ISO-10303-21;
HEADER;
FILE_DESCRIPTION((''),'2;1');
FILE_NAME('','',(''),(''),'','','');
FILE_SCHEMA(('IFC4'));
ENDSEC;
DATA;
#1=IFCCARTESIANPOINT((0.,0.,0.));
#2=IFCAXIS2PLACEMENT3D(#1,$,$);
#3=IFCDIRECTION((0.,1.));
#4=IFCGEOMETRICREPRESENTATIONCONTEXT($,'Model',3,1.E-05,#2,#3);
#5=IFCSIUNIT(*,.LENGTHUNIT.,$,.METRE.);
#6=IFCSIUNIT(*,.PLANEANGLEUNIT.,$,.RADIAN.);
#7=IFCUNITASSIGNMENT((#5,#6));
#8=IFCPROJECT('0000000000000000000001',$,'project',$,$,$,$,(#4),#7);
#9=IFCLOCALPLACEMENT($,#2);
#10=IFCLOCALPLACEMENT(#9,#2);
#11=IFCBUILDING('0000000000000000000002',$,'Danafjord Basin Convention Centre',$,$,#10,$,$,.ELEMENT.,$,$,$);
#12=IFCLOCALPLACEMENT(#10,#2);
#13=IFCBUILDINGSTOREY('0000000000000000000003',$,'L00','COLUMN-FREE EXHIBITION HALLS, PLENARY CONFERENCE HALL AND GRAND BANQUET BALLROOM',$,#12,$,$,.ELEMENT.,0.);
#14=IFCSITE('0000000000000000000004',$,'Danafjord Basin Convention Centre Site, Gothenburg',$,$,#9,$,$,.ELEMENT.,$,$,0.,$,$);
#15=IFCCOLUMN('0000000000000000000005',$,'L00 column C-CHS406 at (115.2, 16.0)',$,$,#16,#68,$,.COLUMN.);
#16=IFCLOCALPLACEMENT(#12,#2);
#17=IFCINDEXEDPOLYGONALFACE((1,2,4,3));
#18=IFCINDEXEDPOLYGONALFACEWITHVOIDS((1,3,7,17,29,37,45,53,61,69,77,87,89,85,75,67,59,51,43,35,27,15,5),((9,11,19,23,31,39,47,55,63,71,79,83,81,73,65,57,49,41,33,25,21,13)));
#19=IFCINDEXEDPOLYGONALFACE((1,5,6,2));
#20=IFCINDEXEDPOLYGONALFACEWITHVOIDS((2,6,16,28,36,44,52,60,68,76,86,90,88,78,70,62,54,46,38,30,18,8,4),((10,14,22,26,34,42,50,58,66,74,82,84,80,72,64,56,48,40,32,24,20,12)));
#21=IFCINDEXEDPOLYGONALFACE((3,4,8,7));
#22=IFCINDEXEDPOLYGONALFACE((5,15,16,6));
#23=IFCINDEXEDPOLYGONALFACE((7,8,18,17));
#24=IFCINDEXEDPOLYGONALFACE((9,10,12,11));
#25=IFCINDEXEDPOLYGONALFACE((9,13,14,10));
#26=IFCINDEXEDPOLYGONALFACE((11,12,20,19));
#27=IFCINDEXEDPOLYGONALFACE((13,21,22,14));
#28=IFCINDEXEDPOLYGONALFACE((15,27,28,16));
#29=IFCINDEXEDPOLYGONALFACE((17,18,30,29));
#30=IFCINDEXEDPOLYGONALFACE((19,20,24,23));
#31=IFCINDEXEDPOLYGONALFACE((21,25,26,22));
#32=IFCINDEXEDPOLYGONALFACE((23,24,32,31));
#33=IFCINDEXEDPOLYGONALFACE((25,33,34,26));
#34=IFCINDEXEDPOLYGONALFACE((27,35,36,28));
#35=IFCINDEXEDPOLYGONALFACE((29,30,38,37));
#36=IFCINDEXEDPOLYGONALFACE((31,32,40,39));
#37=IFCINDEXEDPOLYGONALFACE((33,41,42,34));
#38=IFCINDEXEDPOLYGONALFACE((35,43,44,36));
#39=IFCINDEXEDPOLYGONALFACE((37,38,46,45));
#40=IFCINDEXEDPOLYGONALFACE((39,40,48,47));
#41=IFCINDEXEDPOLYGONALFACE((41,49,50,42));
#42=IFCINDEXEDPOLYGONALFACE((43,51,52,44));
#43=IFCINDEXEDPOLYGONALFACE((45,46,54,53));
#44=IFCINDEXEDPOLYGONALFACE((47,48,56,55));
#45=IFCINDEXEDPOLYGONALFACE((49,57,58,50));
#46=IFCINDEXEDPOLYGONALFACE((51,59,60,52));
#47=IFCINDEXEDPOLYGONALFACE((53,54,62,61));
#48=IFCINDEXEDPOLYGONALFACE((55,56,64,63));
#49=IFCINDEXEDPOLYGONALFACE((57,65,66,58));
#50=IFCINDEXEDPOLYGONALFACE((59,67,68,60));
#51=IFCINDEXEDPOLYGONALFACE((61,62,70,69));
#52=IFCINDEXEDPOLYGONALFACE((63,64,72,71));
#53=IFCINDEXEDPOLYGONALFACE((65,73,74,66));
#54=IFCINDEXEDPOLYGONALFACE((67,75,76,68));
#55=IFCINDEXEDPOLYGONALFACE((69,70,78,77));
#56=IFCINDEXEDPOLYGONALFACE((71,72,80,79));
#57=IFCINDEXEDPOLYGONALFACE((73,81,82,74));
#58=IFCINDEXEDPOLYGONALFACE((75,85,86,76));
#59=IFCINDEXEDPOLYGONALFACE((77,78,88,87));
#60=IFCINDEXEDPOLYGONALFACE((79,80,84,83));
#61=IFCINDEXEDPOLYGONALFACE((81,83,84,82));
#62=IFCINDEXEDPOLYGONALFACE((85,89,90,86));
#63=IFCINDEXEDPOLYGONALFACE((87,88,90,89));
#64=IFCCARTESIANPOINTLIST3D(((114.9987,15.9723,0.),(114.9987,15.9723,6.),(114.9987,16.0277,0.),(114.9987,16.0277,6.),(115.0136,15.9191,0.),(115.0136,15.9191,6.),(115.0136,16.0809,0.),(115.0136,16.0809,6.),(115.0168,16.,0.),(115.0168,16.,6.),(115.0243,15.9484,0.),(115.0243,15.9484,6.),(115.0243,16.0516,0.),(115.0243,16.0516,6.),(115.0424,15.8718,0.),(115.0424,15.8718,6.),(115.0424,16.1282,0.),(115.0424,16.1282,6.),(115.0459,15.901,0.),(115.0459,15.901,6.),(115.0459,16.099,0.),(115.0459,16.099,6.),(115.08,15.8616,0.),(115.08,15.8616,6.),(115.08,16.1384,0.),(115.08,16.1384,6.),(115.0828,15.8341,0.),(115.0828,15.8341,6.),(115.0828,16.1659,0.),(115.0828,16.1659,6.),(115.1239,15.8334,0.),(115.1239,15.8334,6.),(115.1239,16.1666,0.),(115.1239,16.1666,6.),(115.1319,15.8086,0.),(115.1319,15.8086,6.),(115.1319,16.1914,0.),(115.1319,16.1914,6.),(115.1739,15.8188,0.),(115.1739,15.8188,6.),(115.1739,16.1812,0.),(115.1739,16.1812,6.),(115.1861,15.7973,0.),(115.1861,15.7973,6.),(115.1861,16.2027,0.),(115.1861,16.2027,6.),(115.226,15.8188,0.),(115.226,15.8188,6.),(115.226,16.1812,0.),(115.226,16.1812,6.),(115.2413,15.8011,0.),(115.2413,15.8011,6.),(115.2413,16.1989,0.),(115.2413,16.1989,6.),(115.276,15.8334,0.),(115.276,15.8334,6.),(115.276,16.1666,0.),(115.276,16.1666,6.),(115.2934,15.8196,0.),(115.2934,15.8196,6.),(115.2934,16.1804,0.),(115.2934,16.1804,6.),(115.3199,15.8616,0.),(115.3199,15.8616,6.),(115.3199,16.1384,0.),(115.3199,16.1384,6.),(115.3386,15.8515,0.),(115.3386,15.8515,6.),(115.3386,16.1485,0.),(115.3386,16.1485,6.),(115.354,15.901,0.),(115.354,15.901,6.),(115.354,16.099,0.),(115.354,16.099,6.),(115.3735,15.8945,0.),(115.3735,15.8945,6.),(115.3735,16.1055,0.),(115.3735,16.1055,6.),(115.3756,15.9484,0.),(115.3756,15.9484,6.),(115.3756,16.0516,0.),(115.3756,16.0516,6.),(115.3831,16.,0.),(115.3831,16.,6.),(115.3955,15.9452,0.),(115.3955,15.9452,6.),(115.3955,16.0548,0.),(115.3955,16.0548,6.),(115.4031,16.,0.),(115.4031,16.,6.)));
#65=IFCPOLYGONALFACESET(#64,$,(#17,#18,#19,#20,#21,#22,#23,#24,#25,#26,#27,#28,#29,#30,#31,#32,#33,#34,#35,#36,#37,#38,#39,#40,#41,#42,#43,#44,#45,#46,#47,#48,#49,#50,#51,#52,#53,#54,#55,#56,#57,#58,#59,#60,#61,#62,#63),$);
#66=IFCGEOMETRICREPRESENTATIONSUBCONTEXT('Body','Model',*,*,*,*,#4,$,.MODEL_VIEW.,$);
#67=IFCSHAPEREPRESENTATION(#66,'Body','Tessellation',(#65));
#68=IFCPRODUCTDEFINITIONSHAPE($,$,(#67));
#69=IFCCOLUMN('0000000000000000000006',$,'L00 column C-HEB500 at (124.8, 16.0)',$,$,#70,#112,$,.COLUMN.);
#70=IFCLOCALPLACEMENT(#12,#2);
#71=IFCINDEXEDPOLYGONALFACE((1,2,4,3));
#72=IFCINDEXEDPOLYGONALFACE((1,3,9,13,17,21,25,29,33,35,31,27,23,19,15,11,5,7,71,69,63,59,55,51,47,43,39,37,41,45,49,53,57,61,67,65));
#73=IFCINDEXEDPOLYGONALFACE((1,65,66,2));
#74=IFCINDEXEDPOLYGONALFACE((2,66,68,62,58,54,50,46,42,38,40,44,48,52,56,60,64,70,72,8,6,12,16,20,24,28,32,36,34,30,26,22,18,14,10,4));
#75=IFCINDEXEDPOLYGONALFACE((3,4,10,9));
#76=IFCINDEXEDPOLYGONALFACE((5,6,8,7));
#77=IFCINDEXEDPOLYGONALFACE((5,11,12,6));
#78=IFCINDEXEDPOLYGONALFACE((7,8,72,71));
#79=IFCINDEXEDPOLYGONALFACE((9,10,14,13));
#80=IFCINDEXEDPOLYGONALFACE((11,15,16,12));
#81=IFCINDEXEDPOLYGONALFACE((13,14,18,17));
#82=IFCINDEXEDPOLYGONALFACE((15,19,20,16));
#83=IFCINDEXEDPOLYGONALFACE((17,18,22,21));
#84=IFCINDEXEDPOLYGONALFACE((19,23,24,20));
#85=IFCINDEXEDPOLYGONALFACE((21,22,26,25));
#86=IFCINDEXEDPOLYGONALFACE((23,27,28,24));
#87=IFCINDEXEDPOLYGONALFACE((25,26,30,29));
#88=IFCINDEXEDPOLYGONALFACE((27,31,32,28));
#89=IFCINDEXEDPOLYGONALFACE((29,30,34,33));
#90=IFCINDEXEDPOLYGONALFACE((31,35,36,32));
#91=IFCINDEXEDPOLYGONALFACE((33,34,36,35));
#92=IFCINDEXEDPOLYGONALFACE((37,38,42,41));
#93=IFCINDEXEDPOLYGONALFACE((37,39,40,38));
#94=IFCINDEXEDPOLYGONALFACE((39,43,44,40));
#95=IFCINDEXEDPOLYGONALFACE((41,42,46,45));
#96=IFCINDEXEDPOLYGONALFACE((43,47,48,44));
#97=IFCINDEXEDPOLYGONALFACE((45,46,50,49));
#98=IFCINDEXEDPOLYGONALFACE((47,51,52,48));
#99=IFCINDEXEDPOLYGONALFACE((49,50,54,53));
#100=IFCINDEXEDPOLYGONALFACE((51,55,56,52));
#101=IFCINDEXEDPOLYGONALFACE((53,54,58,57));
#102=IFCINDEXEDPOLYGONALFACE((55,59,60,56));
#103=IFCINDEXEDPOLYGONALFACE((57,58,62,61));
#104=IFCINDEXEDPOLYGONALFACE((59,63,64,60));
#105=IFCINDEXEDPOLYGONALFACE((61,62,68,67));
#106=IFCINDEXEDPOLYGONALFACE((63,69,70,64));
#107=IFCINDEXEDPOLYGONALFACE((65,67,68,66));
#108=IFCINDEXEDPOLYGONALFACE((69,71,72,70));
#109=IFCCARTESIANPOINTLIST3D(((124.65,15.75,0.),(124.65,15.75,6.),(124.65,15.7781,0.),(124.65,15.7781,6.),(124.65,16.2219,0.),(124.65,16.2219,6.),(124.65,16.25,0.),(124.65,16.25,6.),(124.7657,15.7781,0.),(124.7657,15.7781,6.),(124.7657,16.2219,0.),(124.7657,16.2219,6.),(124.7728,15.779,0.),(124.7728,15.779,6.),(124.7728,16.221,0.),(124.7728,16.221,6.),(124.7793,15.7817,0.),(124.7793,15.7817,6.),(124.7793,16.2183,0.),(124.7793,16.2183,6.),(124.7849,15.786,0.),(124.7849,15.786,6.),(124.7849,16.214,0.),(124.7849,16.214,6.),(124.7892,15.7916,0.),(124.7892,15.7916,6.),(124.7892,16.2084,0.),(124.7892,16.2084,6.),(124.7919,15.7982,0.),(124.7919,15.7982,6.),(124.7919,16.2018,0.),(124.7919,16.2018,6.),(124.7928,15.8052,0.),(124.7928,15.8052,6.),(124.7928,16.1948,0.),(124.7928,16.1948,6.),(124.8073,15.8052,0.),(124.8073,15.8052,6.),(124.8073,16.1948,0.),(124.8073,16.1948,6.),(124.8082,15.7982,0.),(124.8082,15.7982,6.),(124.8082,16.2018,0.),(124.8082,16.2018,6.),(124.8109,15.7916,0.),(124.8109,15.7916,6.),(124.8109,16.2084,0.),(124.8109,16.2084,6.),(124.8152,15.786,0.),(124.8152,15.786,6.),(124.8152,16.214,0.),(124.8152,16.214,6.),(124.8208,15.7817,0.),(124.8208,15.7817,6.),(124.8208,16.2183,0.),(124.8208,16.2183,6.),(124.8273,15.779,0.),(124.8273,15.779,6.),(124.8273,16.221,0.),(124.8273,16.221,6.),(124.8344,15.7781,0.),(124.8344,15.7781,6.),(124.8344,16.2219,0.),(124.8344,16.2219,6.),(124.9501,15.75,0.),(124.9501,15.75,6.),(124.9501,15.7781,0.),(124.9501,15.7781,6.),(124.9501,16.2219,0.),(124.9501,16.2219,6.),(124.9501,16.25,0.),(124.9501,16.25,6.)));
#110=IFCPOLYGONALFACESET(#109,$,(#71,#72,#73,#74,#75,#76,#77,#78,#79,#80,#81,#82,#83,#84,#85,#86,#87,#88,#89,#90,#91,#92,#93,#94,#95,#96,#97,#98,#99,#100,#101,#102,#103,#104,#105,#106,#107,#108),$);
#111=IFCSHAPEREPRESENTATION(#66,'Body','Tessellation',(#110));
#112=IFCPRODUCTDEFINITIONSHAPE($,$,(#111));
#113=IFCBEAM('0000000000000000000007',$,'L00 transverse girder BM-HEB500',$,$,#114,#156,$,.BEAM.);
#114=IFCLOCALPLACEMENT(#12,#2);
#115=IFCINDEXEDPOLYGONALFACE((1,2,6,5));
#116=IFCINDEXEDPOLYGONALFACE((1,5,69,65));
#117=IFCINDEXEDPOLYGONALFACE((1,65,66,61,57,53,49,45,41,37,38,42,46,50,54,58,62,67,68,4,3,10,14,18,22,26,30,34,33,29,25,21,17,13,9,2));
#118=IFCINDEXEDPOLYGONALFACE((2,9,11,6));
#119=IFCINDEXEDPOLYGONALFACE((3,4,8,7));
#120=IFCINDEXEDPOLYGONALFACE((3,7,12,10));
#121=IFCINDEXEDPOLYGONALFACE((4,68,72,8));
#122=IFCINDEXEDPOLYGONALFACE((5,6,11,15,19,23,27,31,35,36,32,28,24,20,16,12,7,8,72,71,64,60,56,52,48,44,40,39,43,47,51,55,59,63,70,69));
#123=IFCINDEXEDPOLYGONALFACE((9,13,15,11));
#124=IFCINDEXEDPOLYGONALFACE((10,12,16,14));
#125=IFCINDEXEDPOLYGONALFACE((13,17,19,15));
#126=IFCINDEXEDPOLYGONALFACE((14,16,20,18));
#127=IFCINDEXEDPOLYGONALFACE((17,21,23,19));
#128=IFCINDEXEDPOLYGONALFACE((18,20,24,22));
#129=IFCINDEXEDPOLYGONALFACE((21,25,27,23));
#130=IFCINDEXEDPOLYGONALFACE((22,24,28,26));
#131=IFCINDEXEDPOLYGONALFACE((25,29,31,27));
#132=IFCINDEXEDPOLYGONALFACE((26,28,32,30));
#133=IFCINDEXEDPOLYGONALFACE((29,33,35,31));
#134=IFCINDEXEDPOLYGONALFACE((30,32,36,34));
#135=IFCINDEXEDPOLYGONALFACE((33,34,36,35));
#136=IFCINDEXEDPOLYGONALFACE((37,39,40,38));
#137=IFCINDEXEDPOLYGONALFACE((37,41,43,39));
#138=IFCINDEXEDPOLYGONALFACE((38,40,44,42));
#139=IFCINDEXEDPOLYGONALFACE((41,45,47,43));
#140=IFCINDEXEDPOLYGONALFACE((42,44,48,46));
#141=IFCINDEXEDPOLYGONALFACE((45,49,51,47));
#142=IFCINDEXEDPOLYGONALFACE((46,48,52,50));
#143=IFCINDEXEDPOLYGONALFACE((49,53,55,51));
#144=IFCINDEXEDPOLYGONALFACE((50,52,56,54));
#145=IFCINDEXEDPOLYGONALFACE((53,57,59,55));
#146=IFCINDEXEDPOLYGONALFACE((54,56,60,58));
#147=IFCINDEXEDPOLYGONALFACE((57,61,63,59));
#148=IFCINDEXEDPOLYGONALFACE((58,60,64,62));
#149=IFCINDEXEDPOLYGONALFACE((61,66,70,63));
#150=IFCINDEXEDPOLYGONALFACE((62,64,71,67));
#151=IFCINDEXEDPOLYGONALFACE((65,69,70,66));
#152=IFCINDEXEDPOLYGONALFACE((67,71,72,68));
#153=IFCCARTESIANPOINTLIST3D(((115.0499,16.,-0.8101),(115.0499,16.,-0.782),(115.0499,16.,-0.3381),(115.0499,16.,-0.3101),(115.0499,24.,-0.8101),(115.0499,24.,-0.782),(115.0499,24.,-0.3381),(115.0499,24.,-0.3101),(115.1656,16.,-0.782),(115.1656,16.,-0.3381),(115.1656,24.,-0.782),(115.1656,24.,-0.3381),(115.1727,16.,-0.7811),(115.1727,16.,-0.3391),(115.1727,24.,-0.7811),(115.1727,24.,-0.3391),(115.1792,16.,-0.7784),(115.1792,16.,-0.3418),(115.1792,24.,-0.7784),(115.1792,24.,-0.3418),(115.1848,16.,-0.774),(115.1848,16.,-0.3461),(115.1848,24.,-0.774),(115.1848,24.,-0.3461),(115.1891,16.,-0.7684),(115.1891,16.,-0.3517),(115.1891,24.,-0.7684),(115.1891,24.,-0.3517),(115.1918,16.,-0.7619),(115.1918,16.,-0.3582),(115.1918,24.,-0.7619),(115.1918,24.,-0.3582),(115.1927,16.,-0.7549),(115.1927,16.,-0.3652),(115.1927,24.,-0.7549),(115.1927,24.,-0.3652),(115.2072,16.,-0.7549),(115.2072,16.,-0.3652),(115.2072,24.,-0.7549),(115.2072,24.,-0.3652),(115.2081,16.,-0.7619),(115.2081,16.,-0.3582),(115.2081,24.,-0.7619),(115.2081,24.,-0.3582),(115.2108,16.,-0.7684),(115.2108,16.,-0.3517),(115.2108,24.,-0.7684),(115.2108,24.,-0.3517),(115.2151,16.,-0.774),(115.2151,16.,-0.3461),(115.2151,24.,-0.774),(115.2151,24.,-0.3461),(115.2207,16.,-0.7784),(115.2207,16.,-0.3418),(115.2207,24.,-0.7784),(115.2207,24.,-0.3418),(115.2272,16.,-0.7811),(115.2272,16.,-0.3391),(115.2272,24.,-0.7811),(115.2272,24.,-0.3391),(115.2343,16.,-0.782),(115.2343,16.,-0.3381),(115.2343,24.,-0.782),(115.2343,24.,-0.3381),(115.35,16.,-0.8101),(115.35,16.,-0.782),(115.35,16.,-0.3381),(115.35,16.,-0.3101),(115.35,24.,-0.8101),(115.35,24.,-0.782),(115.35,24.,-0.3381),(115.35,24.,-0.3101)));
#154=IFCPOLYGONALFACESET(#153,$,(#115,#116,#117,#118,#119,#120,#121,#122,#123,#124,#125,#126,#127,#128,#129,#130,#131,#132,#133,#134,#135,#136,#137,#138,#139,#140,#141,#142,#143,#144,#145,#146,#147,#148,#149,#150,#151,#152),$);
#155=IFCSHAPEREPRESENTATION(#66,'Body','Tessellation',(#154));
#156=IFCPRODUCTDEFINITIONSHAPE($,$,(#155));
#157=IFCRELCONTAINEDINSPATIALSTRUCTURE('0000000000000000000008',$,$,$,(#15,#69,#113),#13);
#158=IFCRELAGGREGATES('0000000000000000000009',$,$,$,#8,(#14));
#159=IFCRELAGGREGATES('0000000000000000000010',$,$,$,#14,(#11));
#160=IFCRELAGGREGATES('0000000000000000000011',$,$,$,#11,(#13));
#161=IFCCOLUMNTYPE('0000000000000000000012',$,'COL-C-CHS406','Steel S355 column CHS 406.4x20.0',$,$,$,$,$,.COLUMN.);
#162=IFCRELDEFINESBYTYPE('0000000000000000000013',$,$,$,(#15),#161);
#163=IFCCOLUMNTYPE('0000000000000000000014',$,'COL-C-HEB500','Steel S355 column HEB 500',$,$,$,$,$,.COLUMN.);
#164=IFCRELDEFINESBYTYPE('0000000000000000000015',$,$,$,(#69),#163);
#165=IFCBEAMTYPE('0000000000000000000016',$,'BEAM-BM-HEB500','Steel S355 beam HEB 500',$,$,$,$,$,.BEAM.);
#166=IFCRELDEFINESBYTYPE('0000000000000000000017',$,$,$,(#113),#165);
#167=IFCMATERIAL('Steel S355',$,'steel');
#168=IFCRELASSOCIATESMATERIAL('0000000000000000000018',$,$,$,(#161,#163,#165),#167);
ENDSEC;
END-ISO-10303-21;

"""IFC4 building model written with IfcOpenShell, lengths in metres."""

from ifc_helpers import new_model, si_unit, direction, frame, origin, origin_2d, place, context, subcontext, project, spatial, hollow_circle, i_section, extrude, material, material_profile, profile_set, type_object, element, save


model = new_model("IFC4")

# Units and contexts
model_context = context("Model", 3, precision=1e-05, world=origin(), true_north=direction((0.0, 1.0)))
body_context = subcontext(model_context, "Body", "Model", "MODEL_VIEW")
ifc_project = project(units=[si_unit("LENGTHUNIT", "METRE"), si_unit("PLANEANGLEUNIT", "RADIAN")], contexts=[model_context])

# Site, building, storey
site_placement = place(None, origin())
site = spatial("IfcSite", under=ifc_project, at=site_placement, Name="Danafjord Basin Convention Centre Site, Gothenburg", CompositionType="ELEMENT", RefElevation=0.0)
building_placement = place(site_placement, origin())
building = spatial("IfcBuilding", under=site, at=building_placement, Name="Danafjord Basin Convention Centre", CompositionType="ELEMENT")
storey_placement = place(building_placement, origin())
storey = spatial("IfcBuildingStorey", under=building, at=storey_placement, Name="L00", Description="COLUMN-FREE EXHIBITION HALLS, PLENARY CONFERENCE HALL AND GRAND BANQUET BALLROOM", CompositionType="ELEMENT", Elevation=0.0)

# Columns
ifc_material_1 = material(Name="Steel S355", Category="steel")
ifc_material_profile_1 = material_profile(ifc_material_1, hollow_circle(Radius=0.2031, WallThickness=0.02, at=origin_2d()), Name="CHS 406.4x20.0")
ifc_profile_set_1 = profile_set([ifc_material_profile_1], Name="Steel S355")
column_type_1 = type_object("IfcColumnType", Name="COL-C-CHS406", Description="Steel S355 column CHS 406.4x20.0", PredefinedType="COLUMN", material=ifc_profile_set_1)
column_1_placement = place(storey_placement, frame((115.2, 16.0, 0.0), z_axis=(0.0, 0.0, 1.0), x_axis=(1.0, 0.0, 0.0)))
element("IfcColumn", 1, at=column_1_placement, inside=storey, type_object=column_type_1, Name="L00 column C-CHS406 at (115.2, 16.0)", PredefinedType="COLUMN", context=body_context, shape_type="SweptSolid", body=[
    extrude(hollow_circle(Radius=0.2031, WallThickness=0.02, at=origin_2d()), origin(), (0.0, 0.0, 1.0), 6.0),
])
ifc_material_profile_2 = material_profile(ifc_material_1, i_section(OverallWidth=0.3, OverallDepth=0.5, WebThickness=0.0144, FlangeThickness=0.0281, FilletRadius=0.0271, at=origin_2d()), Name="HEB 500")
ifc_profile_set_2 = profile_set([ifc_material_profile_2], Name="Steel S355")
column_type_2 = type_object("IfcColumnType", Name="COL-C-HEB500", Description="Steel S355 column HEB 500", PredefinedType="COLUMN", material=ifc_profile_set_2)
column_2_placement = place(storey_placement, frame((124.8, 16.0, 0.0), z_axis=(0.0, 0.0, 1.0), x_axis=(1.0, 0.0, 0.0)))
element("IfcColumn", 2, at=column_2_placement, inside=storey, type_object=column_type_2, Name="L00 column C-HEB500 at (124.8, 16.0)", PredefinedType="COLUMN", context=body_context, shape_type="SweptSolid", body=[
    extrude(i_section(OverallWidth=0.3, OverallDepth=0.5, WebThickness=0.0144, FlangeThickness=0.0281, FilletRadius=0.0271, at=origin_2d()), origin(), (0.0, 0.0, 1.0), 6.0),
])

# Beam
ifc_material_profile_3 = material_profile(ifc_material_1, i_section(OverallWidth=0.3, OverallDepth=0.5, WebThickness=0.0144, FlangeThickness=0.0281, FilletRadius=0.0271, at=origin_2d()), Name="HEB 500")
ifc_profile_set_3 = profile_set([ifc_material_profile_3], Name="Steel S355")
beam_type_1 = type_object("IfcBeamType", Name="BEAM-BM-HEB500", Description="Steel S355 beam HEB 500", PredefinedType="BEAM", material=ifc_profile_set_3)
beam_1_placement = place(storey_placement, frame((115.2, 16.0, -0.5601), z_axis=(0.0, 1.0, 0.0), x_axis=(-1.0, 0.0, 0.0)))
element("IfcBeam", 3, at=beam_1_placement, inside=storey, type_object=beam_type_1, Name="L00 transverse girder BM-HEB500", PredefinedType="BEAM", context=body_context, shape_type="SweptSolid", body=[
    extrude(i_section(OverallWidth=0.3, OverallDepth=0.5, WebThickness=0.0144, FlangeThickness=0.0281, FilletRadius=0.0271, at=origin_2d()), origin(), (0.0, 0.0, 1.0), 8.0),
])

save(model, "model.ifc")
